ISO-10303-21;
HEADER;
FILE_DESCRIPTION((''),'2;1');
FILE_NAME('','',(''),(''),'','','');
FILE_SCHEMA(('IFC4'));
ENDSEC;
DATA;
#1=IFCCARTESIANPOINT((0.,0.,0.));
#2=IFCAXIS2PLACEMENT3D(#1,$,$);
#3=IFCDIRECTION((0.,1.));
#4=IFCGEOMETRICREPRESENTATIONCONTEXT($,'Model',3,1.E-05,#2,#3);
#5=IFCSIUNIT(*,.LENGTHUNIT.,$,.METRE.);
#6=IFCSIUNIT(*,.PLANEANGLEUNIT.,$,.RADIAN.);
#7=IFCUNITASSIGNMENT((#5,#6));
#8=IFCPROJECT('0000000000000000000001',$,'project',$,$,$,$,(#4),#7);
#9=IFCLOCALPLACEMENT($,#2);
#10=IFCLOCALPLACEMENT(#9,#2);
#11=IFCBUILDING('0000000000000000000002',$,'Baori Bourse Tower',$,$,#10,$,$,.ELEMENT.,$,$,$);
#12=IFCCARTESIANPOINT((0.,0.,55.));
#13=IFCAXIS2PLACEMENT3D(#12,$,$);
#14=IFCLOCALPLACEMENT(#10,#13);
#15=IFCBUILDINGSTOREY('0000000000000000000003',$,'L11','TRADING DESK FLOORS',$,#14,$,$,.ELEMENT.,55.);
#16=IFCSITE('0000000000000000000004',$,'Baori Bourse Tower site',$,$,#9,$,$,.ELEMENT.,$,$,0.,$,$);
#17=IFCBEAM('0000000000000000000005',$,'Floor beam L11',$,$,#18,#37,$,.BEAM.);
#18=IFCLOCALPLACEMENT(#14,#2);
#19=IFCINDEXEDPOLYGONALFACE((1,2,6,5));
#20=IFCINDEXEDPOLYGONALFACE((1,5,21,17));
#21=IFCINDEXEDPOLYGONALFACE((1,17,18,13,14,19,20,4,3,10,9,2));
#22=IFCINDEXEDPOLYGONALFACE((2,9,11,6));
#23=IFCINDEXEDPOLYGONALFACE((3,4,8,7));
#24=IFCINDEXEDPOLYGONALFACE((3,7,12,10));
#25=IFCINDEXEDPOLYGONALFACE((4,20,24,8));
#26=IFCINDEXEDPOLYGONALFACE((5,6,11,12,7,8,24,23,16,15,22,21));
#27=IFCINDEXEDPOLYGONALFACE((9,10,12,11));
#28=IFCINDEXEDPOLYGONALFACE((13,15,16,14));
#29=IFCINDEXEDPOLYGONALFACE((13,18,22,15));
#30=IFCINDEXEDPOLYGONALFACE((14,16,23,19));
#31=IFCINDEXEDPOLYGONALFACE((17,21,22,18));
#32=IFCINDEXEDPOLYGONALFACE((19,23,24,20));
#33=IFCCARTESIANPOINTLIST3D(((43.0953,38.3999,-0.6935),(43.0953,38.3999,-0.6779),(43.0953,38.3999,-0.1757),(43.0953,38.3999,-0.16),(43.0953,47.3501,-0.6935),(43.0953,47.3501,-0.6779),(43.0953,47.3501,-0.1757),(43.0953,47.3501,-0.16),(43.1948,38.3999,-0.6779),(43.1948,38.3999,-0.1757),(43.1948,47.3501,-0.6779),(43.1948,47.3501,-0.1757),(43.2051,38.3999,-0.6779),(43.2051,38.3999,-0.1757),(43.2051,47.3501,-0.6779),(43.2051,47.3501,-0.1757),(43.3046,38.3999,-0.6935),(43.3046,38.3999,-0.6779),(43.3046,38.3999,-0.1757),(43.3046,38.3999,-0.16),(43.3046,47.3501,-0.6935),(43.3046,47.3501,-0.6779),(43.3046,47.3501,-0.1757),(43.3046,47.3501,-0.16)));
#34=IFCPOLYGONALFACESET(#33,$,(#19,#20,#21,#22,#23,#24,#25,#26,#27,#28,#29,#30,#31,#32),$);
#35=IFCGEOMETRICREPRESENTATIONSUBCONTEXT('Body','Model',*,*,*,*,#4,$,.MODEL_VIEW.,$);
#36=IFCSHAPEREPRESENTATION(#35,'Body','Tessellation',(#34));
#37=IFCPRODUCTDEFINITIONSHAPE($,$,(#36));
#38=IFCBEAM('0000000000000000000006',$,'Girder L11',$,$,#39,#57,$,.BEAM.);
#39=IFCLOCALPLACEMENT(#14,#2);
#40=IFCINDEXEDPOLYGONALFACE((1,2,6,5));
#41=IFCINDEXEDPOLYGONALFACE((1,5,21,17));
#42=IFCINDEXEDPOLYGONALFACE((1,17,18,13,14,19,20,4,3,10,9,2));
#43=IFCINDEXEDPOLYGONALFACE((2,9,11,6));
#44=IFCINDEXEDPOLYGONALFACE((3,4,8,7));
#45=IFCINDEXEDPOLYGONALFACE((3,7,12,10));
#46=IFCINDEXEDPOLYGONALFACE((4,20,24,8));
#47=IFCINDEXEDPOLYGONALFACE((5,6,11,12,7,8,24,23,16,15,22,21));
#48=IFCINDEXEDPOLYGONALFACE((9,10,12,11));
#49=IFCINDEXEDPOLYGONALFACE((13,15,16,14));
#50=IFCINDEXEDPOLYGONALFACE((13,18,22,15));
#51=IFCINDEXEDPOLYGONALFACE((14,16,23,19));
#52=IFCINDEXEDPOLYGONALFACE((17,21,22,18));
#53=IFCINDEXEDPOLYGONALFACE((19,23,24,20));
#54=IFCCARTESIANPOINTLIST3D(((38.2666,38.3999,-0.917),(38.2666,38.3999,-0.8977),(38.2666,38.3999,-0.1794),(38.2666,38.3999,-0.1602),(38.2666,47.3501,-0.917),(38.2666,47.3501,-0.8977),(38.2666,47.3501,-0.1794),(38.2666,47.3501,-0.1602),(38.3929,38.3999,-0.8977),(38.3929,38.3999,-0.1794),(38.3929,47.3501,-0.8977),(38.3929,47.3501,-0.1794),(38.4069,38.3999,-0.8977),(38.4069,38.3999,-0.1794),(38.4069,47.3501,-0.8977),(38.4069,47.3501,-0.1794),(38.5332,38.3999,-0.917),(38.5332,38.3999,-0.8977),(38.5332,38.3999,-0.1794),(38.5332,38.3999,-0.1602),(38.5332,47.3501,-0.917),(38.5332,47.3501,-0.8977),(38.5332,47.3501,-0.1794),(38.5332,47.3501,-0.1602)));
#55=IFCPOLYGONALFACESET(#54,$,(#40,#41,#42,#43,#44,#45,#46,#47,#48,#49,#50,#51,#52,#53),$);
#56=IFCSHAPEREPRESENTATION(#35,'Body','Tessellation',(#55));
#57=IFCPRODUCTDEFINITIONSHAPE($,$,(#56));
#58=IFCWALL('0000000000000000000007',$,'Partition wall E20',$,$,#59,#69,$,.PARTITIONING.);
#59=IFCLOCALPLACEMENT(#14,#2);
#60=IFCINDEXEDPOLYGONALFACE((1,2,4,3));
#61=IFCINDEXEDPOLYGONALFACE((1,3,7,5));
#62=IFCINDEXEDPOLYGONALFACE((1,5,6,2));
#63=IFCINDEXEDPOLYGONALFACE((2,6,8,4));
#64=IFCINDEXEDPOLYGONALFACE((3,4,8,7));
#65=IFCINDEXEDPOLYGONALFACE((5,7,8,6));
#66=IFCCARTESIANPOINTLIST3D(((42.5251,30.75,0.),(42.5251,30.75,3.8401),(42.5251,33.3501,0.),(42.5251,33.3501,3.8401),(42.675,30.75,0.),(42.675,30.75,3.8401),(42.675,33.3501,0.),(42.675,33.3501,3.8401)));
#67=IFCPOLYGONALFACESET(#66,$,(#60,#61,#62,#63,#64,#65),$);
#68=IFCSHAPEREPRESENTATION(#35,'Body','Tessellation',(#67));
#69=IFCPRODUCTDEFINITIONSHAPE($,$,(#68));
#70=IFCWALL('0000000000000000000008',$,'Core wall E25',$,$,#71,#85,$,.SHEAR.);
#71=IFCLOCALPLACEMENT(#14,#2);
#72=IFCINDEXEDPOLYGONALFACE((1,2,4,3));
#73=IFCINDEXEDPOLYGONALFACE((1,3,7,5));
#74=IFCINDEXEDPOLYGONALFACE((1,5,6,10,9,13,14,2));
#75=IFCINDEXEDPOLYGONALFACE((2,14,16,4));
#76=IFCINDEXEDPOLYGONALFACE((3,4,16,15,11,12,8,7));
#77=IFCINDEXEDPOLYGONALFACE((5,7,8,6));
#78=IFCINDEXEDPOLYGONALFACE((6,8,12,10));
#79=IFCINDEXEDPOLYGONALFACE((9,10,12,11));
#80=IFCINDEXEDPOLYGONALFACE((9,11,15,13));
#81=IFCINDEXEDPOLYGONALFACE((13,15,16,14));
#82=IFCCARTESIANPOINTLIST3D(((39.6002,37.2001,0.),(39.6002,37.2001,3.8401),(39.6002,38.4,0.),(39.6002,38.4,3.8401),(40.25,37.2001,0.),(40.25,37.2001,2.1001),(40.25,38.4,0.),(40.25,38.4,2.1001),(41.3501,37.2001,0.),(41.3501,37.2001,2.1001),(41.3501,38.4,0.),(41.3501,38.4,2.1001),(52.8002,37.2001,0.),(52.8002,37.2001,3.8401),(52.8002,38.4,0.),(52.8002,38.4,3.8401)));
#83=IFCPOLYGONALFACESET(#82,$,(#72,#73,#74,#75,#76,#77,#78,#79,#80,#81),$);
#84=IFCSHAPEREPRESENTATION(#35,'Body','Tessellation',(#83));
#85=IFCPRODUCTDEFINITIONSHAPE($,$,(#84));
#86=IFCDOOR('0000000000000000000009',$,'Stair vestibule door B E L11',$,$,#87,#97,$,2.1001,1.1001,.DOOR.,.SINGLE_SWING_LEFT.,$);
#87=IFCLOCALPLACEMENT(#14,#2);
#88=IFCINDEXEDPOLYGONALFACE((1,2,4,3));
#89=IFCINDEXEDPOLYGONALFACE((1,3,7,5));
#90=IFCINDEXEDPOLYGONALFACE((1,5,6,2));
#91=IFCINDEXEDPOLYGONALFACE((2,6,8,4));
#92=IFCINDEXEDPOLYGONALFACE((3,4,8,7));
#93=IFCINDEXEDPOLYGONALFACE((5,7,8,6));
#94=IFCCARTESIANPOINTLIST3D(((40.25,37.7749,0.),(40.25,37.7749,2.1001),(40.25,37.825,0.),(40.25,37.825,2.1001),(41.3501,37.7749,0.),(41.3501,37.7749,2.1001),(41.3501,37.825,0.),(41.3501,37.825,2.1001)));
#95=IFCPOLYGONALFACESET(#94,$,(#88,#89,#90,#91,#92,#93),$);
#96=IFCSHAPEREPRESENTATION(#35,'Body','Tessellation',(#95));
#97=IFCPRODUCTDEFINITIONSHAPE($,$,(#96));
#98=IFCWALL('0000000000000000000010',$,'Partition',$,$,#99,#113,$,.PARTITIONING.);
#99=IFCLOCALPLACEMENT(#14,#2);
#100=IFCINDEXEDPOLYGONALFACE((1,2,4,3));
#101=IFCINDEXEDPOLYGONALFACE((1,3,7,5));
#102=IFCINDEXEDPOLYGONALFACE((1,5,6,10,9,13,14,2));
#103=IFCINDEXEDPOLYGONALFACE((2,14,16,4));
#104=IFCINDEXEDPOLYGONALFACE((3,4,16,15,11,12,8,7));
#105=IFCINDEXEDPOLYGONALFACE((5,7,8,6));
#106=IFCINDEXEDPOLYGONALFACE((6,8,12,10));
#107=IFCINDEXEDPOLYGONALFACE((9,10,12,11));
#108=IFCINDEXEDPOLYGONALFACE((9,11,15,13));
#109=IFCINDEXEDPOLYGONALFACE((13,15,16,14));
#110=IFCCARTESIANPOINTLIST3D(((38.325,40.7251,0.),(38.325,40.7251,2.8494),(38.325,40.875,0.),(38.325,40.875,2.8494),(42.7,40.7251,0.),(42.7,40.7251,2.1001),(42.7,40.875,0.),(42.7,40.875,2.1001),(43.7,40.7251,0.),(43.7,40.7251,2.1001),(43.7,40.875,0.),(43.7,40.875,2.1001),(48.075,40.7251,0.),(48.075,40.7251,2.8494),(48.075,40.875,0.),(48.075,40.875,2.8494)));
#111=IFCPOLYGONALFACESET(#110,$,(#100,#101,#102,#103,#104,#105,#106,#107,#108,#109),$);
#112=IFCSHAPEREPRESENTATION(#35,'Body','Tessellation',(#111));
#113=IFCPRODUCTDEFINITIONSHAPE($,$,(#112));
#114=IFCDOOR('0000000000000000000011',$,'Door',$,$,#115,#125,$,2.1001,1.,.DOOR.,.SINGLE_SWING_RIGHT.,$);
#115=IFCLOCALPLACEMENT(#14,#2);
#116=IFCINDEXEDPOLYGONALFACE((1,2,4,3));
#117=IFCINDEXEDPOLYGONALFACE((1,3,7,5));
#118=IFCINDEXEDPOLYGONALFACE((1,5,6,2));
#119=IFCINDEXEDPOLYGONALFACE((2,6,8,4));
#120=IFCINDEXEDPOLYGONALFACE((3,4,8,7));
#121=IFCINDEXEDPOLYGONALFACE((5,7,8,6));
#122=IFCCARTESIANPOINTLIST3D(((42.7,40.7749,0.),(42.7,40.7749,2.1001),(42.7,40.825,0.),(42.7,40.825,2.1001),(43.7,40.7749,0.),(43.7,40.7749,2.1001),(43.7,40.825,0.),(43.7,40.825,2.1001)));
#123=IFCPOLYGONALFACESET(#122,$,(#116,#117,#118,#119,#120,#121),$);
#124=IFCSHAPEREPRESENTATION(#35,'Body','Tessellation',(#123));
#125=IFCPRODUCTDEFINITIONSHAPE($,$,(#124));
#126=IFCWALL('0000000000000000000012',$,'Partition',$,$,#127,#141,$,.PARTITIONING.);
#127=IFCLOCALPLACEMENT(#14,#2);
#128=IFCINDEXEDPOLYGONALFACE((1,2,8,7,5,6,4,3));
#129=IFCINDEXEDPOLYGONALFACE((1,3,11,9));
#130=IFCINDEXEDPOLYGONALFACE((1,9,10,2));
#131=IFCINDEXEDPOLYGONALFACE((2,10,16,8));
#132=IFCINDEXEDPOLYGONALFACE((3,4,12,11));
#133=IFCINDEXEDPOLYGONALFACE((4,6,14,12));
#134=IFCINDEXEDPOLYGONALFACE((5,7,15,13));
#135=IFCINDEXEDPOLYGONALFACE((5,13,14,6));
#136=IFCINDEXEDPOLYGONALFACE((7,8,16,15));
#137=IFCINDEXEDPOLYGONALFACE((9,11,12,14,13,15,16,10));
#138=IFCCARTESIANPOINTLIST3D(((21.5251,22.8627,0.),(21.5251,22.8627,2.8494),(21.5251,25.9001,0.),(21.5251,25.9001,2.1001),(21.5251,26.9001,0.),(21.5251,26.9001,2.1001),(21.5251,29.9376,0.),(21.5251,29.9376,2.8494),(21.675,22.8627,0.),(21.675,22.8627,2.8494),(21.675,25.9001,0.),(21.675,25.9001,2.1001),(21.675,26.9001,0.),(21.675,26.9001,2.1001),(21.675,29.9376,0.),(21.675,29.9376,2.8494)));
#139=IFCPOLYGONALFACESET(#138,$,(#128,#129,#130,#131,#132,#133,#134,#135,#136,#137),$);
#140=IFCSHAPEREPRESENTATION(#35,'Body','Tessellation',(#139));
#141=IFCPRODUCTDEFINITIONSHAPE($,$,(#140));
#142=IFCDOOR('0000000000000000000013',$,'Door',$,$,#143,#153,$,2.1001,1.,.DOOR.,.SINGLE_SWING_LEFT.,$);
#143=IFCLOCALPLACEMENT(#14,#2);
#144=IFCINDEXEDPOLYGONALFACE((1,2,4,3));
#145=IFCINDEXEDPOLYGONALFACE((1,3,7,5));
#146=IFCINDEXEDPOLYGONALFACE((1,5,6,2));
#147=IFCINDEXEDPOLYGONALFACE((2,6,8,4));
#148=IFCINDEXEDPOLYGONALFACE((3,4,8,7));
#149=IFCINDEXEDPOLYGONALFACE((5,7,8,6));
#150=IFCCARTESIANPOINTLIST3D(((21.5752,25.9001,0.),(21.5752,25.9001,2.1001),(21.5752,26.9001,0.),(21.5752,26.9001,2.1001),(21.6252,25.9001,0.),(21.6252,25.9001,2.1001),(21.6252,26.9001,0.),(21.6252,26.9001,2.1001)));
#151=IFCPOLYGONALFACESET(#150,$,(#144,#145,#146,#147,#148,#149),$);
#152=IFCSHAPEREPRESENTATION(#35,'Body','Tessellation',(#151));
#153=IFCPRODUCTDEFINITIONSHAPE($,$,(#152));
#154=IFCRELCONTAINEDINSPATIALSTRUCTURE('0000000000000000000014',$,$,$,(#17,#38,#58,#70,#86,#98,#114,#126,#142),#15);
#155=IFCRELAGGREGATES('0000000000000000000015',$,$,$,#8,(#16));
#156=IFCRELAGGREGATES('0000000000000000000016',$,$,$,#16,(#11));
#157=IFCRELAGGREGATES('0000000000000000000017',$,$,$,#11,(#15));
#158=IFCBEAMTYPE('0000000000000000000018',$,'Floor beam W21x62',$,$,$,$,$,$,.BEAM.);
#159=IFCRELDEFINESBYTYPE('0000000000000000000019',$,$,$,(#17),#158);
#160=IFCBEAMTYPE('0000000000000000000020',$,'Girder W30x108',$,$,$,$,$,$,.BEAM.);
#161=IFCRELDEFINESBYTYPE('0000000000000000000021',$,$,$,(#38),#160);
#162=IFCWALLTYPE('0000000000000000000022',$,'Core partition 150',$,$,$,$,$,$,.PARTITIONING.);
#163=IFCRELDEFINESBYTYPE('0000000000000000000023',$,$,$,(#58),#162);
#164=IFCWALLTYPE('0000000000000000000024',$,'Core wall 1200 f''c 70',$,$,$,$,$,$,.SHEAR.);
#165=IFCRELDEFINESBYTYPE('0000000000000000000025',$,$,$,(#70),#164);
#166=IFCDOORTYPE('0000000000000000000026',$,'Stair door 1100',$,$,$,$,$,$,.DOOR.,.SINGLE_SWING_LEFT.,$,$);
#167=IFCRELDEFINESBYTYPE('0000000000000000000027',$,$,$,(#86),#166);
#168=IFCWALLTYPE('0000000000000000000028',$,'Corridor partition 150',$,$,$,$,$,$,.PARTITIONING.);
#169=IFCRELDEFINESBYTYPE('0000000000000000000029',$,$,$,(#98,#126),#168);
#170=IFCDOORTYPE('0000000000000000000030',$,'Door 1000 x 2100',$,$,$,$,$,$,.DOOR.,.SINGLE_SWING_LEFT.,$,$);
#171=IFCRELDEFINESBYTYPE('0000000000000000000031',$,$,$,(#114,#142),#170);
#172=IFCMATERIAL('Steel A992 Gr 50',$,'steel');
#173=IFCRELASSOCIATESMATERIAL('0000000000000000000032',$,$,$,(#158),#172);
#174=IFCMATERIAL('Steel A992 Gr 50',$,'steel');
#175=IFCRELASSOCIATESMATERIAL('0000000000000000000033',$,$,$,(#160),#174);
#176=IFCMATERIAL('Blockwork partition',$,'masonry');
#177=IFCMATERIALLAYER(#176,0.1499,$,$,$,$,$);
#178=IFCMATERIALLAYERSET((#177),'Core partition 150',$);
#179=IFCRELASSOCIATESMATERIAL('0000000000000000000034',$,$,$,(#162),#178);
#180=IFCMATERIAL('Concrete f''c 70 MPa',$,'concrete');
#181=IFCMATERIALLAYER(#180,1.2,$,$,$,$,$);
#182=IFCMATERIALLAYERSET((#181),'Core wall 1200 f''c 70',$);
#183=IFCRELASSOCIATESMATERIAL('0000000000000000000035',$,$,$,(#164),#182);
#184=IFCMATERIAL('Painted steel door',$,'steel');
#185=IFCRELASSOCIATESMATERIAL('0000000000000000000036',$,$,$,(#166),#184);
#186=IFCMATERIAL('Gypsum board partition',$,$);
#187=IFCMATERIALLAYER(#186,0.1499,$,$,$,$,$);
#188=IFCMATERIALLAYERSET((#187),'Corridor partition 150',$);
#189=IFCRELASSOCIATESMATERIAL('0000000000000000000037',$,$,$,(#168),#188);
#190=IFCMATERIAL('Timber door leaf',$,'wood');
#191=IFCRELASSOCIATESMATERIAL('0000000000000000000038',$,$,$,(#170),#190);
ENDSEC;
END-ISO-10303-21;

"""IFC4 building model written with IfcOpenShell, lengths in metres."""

from ifc_helpers import new_model, si_unit, direction, frame, frame_2d, origin, origin_2d, place, context, subcontext, project, spatial, rectangle, i_section, extrude, material, layer, layer_set, material_profile, profile_set, type_object, element, fill, save


model = new_model("IFC4")

# Units and contexts
model_context = context("Model", 3, precision=1e-05, world=origin(), true_north=direction((0.0, 1.0)))
body_context = subcontext(model_context, "Body", "Model", "MODEL_VIEW")
ifc_project = project(units=[si_unit("LENGTHUNIT", "METRE"), si_unit("PLANEANGLEUNIT", "RADIAN")], contexts=[model_context])

# Site, building, storey
site_placement = place(None, origin())
site = spatial("IfcSite", under=ifc_project, at=site_placement, Name="Baori Bourse Tower site", CompositionType="ELEMENT", RefElevation=0.0)
building_placement = place(site_placement, origin())
building = spatial("IfcBuilding", under=site, at=building_placement, Name="Baori Bourse Tower", CompositionType="ELEMENT")
storey_placement = place(building_placement, frame((0.0, 0.0, 55.0)))
storey = spatial("IfcBuildingStorey", under=building, at=storey_placement, Name="L11", Description="TRADING DESK FLOORS", CompositionType="ELEMENT", Elevation=55.0)

# Beams
ifc_material_1 = material(Name="Steel A992 Gr 50", Category="steel")
ifc_material_profile_1 = material_profile(ifc_material_1, i_section(OverallWidth=0.2092, OverallDepth=0.5334, WebThickness=0.0103, FlangeThickness=0.0156, at=origin_2d()), Name="W21x62")
ifc_profile_set_1 = profile_set([ifc_material_profile_1], Name="Steel A992 Gr 50")
beam_type_1 = type_object("IfcBeamType", Name="Floor beam W21x62", PredefinedType="BEAM", material=ifc_profile_set_1)
beam_1_placement = place(storey_placement, frame((43.2, 38.3999, -0.4268), z_axis=(0.0, 1.0, 0.0), x_axis=(-1.0, 0.0, 0.0)))
element("IfcBeam", 1, at=beam_1_placement, inside=storey, type_object=beam_type_1, Name="Floor beam L11", PredefinedType="BEAM", context=body_context, shape_type="SweptSolid", body=[
    extrude(i_section(OverallWidth=0.2092, OverallDepth=0.5334, WebThickness=0.0103, FlangeThickness=0.0156, at=origin_2d()), origin(), (0.0, 0.0, 1.0), 8.9502),
])
ifc_material_2 = material(Name="Steel A992 Gr 50", Category="steel")
ifc_material_profile_2 = material_profile(ifc_material_2, i_section(OverallWidth=0.2666, OverallDepth=0.7568, WebThickness=0.0139, FlangeThickness=0.0193, at=origin_2d()), Name="W30x108")
ifc_profile_set_2 = profile_set([ifc_material_profile_2], Name="Steel A992 Gr 50")
beam_type_2 = type_object("IfcBeamType", Name="Girder W30x108", PredefinedType="BEAM", material=ifc_profile_set_2)
beam_2_placement = place(storey_placement, frame((38.3999, 38.3999, -0.5386), z_axis=(0.0, 1.0, 0.0), x_axis=(-1.0, 0.0, 0.0)))
element("IfcBeam", 2, at=beam_2_placement, inside=storey, type_object=beam_type_2, Name="Girder L11", PredefinedType="BEAM", context=body_context, shape_type="SweptSolid", body=[
    extrude(i_section(OverallWidth=0.2666, OverallDepth=0.7568, WebThickness=0.0139, FlangeThickness=0.0193, at=origin_2d()), origin(), (0.0, 0.0, 1.0), 8.9502),
])

# Wall
ifc_material_3 = material(Name="Blockwork partition", Category="masonry")
ifc_layer_1 = layer(ifc_material_3, 0.1499)
ifc_layer_set_1 = layer_set([ifc_layer_1], Name="Core partition 150")
wall_type_1 = type_object("IfcWallType", Name="Core partition 150", PredefinedType="PARTITIONING", material=ifc_layer_set_1)
wall_1_placement = place(storey_placement, frame((42.6001, 30.75, 0.0), z_axis=(0.0, 0.0, 1.0), x_axis=(0.0, 1.0, 0.0)))
element("IfcWall", 3, at=wall_1_placement, inside=storey, type_object=wall_type_1, Name="Partition wall E20", PredefinedType="PARTITIONING", context=body_context, shape_type="SweptSolid", body=[
    extrude(rectangle(XDim=2.6001, YDim=0.1499, at=frame_2d((1.3, 0.0))), origin(), (0.0, 0.0, 1.0), 3.8401),
])

# Walls, openings, doors
ifc_material_4 = material(Name="Concrete f'c 70 MPa", Category="concrete")
ifc_layer_2 = layer(ifc_material_4, 1.2)
ifc_layer_set_2 = layer_set([ifc_layer_2], Name="Core wall 1200 f'c 70")
wall_type_2 = type_object("IfcWallType", Name="Core wall 1200 f'c 70", PredefinedType="SHEAR", material=ifc_layer_set_2)
wall_2_placement = place(storey_placement, frame((39.6001, 37.8, 0.0), z_axis=(0.0, 0.0, 1.0), x_axis=(1.0, 0.0, 0.0)))
wall_2 = element("IfcWall", 4, at=wall_2_placement, inside=storey, type_object=wall_type_2, Name="Core wall E25", PredefinedType="SHEAR", context=body_context, shape_type="SweptSolid", body=[
    extrude(rectangle(XDim=13.2, YDim=1.2, at=frame_2d((6.6001, 0.0))), origin(), (0.0, 0.0, 1.0), 3.8401),
])
opening_1_placement = place(wall_2_placement, frame((0.6499, 0.0, 0.0)))
opening_1 = element("IfcOpeningElement", 5, at=opening_1_placement, cuts=wall_2, PredefinedType="OPENING", context=body_context, shape_type="SweptSolid", body=[
    extrude(rectangle(XDim=1.1001, YDim=2.1001, at=frame_2d((0.55, 1.05))), frame((0.0, 0.6099, 0.0), z_axis=(0.0, -1.0, 0.0), x_axis=(1.0, 0.0, 0.0)), (0.0, 0.0, 1.0), 1.22),
])
ifc_material_5 = material(Name="Painted steel door", Category="steel")
door_type_1 = type_object("IfcDoorType", Name="Stair door 1100", OperationType="SINGLE_SWING_LEFT", PredefinedType="DOOR", material=ifc_material_5)
door_1_placement = place(opening_1_placement, origin())
door_1 = element("IfcDoor", 6, at=door_1_placement, inside=storey, type_object=door_type_1, Name="Stair vestibule door B E L11", OperationType="SINGLE_SWING_LEFT", OverallHeight=2.1001, OverallWidth=1.1001, PredefinedType="DOOR", context=body_context, shape_type="SweptSolid", body=[
    extrude(rectangle(XDim=1.1001, YDim=2.1001, at=frame_2d((0.55, 1.05))), frame((0.0, 0.0249, 0.0), z_axis=(0.0, -1.0, 0.0), x_axis=(1.0, 0.0, 0.0)), (0.0, 0.0, 1.0), 0.05),
])
fill(opening_1, door_1)
ifc_material_6 = material(Name="Gypsum board partition")
ifc_layer_3 = layer(ifc_material_6, 0.1499)
ifc_layer_set_3 = layer_set([ifc_layer_3], Name="Corridor partition 150")
wall_type_3 = type_object("IfcWallType", Name="Corridor partition 150", PredefinedType="PARTITIONING", material=ifc_layer_set_3)
wall_3_placement = place(storey_placement, frame((38.325, 40.8, 0.0), z_axis=(0.0, 0.0, 1.0), x_axis=(1.0, 0.0, 0.0)))
wall_3 = element("IfcWall", 7, at=wall_3_placement, inside=storey, type_object=wall_type_3, Name="Partition", PredefinedType="PARTITIONING", context=body_context, shape_type="SweptSolid", body=[
    extrude(rectangle(XDim=9.75, YDim=0.1499, at=frame_2d((4.875, 0.0))), origin(), (0.0, 0.0, 1.0), 2.8494),
])
opening_2_placement = place(wall_3_placement, frame((4.375, 0.0, 0.0)))
opening_2 = element("IfcOpeningElement", 8, at=opening_2_placement, cuts=wall_3, PredefinedType="OPENING", context=body_context, shape_type="SweptSolid", body=[
    extrude(rectangle(XDim=1.0, YDim=2.1001, at=frame_2d((0.5, 1.05))), frame((0.0, 0.085, 0.0), z_axis=(0.0, -1.0, 0.0), x_axis=(1.0, 0.0, 0.0)), (0.0, 0.0, 1.0), 0.1699),
])
ifc_material_7 = material(Name="Timber door leaf", Category="wood")
door_type_2 = type_object("IfcDoorType", Name="Door 1000 x 2100", OperationType="SINGLE_SWING_LEFT", PredefinedType="DOOR", material=ifc_material_7)
door_2_placement = place(opening_2_placement, origin())
door_2 = element("IfcDoor", 9, at=door_2_placement, inside=storey, type_object=door_type_2, Name="Door", OperationType="SINGLE_SWING_RIGHT", OverallHeight=2.1001, OverallWidth=1.0, PredefinedType="DOOR", context=body_context, shape_type="SweptSolid", body=[
    extrude(rectangle(XDim=1.0, YDim=2.1001, at=frame_2d((0.5, 1.05))), frame((0.0, 0.0249, 0.0), z_axis=(0.0, -1.0, 0.0), x_axis=(1.0, 0.0, 0.0)), (0.0, 0.0, 1.0), 0.05),
])
fill(opening_2, door_2)
wall_4_placement = place(storey_placement, frame((21.6001, 22.8625, 0.0), z_axis=(0.0, 0.0, 1.0), x_axis=(0.0, 1.0, 0.0)))
wall_4 = element("IfcWall", 10, at=wall_4_placement, inside=storey, type_object=wall_type_3, Name="Partition", PredefinedType="PARTITIONING", context=body_context, shape_type="SweptSolid", body=[
    extrude(rectangle(XDim=7.075, YDim=0.1499, at=frame_2d((3.5376, 0.0))), origin(), (0.0, 0.0, 1.0), 2.8494),
])
opening_3_placement = place(wall_4_placement, frame((3.0376, 0.0, 0.0)))
opening_3 = element("IfcOpeningElement", 11, at=opening_3_placement, cuts=wall_4, PredefinedType="OPENING", context=body_context, shape_type="SweptSolid", body=[
    extrude(rectangle(XDim=1.0, YDim=2.1001, at=frame_2d((0.5, 1.05))), frame((0.0, 0.085, 0.0), z_axis=(0.0, -1.0, 0.0), x_axis=(1.0, 0.0, 0.0)), (0.0, 0.0, 1.0), 0.1699),
])
door_3_placement = place(opening_3_placement, origin())
door_3 = element("IfcDoor", 12, at=door_3_placement, inside=storey, type_object=door_type_2, Name="Door", OperationType="SINGLE_SWING_LEFT", OverallHeight=2.1001, OverallWidth=1.0, PredefinedType="DOOR", context=body_context, shape_type="SweptSolid", body=[
    extrude(rectangle(XDim=1.0, YDim=2.1001, at=frame_2d((0.5, 1.05))), frame((0.0, 0.0249, 0.0), z_axis=(0.0, -1.0, 0.0), x_axis=(1.0, 0.0, 0.0)), (0.0, 0.0, 1.0), 0.05),
])
fill(opening_3, door_3)

save(model, "model.ifc")
